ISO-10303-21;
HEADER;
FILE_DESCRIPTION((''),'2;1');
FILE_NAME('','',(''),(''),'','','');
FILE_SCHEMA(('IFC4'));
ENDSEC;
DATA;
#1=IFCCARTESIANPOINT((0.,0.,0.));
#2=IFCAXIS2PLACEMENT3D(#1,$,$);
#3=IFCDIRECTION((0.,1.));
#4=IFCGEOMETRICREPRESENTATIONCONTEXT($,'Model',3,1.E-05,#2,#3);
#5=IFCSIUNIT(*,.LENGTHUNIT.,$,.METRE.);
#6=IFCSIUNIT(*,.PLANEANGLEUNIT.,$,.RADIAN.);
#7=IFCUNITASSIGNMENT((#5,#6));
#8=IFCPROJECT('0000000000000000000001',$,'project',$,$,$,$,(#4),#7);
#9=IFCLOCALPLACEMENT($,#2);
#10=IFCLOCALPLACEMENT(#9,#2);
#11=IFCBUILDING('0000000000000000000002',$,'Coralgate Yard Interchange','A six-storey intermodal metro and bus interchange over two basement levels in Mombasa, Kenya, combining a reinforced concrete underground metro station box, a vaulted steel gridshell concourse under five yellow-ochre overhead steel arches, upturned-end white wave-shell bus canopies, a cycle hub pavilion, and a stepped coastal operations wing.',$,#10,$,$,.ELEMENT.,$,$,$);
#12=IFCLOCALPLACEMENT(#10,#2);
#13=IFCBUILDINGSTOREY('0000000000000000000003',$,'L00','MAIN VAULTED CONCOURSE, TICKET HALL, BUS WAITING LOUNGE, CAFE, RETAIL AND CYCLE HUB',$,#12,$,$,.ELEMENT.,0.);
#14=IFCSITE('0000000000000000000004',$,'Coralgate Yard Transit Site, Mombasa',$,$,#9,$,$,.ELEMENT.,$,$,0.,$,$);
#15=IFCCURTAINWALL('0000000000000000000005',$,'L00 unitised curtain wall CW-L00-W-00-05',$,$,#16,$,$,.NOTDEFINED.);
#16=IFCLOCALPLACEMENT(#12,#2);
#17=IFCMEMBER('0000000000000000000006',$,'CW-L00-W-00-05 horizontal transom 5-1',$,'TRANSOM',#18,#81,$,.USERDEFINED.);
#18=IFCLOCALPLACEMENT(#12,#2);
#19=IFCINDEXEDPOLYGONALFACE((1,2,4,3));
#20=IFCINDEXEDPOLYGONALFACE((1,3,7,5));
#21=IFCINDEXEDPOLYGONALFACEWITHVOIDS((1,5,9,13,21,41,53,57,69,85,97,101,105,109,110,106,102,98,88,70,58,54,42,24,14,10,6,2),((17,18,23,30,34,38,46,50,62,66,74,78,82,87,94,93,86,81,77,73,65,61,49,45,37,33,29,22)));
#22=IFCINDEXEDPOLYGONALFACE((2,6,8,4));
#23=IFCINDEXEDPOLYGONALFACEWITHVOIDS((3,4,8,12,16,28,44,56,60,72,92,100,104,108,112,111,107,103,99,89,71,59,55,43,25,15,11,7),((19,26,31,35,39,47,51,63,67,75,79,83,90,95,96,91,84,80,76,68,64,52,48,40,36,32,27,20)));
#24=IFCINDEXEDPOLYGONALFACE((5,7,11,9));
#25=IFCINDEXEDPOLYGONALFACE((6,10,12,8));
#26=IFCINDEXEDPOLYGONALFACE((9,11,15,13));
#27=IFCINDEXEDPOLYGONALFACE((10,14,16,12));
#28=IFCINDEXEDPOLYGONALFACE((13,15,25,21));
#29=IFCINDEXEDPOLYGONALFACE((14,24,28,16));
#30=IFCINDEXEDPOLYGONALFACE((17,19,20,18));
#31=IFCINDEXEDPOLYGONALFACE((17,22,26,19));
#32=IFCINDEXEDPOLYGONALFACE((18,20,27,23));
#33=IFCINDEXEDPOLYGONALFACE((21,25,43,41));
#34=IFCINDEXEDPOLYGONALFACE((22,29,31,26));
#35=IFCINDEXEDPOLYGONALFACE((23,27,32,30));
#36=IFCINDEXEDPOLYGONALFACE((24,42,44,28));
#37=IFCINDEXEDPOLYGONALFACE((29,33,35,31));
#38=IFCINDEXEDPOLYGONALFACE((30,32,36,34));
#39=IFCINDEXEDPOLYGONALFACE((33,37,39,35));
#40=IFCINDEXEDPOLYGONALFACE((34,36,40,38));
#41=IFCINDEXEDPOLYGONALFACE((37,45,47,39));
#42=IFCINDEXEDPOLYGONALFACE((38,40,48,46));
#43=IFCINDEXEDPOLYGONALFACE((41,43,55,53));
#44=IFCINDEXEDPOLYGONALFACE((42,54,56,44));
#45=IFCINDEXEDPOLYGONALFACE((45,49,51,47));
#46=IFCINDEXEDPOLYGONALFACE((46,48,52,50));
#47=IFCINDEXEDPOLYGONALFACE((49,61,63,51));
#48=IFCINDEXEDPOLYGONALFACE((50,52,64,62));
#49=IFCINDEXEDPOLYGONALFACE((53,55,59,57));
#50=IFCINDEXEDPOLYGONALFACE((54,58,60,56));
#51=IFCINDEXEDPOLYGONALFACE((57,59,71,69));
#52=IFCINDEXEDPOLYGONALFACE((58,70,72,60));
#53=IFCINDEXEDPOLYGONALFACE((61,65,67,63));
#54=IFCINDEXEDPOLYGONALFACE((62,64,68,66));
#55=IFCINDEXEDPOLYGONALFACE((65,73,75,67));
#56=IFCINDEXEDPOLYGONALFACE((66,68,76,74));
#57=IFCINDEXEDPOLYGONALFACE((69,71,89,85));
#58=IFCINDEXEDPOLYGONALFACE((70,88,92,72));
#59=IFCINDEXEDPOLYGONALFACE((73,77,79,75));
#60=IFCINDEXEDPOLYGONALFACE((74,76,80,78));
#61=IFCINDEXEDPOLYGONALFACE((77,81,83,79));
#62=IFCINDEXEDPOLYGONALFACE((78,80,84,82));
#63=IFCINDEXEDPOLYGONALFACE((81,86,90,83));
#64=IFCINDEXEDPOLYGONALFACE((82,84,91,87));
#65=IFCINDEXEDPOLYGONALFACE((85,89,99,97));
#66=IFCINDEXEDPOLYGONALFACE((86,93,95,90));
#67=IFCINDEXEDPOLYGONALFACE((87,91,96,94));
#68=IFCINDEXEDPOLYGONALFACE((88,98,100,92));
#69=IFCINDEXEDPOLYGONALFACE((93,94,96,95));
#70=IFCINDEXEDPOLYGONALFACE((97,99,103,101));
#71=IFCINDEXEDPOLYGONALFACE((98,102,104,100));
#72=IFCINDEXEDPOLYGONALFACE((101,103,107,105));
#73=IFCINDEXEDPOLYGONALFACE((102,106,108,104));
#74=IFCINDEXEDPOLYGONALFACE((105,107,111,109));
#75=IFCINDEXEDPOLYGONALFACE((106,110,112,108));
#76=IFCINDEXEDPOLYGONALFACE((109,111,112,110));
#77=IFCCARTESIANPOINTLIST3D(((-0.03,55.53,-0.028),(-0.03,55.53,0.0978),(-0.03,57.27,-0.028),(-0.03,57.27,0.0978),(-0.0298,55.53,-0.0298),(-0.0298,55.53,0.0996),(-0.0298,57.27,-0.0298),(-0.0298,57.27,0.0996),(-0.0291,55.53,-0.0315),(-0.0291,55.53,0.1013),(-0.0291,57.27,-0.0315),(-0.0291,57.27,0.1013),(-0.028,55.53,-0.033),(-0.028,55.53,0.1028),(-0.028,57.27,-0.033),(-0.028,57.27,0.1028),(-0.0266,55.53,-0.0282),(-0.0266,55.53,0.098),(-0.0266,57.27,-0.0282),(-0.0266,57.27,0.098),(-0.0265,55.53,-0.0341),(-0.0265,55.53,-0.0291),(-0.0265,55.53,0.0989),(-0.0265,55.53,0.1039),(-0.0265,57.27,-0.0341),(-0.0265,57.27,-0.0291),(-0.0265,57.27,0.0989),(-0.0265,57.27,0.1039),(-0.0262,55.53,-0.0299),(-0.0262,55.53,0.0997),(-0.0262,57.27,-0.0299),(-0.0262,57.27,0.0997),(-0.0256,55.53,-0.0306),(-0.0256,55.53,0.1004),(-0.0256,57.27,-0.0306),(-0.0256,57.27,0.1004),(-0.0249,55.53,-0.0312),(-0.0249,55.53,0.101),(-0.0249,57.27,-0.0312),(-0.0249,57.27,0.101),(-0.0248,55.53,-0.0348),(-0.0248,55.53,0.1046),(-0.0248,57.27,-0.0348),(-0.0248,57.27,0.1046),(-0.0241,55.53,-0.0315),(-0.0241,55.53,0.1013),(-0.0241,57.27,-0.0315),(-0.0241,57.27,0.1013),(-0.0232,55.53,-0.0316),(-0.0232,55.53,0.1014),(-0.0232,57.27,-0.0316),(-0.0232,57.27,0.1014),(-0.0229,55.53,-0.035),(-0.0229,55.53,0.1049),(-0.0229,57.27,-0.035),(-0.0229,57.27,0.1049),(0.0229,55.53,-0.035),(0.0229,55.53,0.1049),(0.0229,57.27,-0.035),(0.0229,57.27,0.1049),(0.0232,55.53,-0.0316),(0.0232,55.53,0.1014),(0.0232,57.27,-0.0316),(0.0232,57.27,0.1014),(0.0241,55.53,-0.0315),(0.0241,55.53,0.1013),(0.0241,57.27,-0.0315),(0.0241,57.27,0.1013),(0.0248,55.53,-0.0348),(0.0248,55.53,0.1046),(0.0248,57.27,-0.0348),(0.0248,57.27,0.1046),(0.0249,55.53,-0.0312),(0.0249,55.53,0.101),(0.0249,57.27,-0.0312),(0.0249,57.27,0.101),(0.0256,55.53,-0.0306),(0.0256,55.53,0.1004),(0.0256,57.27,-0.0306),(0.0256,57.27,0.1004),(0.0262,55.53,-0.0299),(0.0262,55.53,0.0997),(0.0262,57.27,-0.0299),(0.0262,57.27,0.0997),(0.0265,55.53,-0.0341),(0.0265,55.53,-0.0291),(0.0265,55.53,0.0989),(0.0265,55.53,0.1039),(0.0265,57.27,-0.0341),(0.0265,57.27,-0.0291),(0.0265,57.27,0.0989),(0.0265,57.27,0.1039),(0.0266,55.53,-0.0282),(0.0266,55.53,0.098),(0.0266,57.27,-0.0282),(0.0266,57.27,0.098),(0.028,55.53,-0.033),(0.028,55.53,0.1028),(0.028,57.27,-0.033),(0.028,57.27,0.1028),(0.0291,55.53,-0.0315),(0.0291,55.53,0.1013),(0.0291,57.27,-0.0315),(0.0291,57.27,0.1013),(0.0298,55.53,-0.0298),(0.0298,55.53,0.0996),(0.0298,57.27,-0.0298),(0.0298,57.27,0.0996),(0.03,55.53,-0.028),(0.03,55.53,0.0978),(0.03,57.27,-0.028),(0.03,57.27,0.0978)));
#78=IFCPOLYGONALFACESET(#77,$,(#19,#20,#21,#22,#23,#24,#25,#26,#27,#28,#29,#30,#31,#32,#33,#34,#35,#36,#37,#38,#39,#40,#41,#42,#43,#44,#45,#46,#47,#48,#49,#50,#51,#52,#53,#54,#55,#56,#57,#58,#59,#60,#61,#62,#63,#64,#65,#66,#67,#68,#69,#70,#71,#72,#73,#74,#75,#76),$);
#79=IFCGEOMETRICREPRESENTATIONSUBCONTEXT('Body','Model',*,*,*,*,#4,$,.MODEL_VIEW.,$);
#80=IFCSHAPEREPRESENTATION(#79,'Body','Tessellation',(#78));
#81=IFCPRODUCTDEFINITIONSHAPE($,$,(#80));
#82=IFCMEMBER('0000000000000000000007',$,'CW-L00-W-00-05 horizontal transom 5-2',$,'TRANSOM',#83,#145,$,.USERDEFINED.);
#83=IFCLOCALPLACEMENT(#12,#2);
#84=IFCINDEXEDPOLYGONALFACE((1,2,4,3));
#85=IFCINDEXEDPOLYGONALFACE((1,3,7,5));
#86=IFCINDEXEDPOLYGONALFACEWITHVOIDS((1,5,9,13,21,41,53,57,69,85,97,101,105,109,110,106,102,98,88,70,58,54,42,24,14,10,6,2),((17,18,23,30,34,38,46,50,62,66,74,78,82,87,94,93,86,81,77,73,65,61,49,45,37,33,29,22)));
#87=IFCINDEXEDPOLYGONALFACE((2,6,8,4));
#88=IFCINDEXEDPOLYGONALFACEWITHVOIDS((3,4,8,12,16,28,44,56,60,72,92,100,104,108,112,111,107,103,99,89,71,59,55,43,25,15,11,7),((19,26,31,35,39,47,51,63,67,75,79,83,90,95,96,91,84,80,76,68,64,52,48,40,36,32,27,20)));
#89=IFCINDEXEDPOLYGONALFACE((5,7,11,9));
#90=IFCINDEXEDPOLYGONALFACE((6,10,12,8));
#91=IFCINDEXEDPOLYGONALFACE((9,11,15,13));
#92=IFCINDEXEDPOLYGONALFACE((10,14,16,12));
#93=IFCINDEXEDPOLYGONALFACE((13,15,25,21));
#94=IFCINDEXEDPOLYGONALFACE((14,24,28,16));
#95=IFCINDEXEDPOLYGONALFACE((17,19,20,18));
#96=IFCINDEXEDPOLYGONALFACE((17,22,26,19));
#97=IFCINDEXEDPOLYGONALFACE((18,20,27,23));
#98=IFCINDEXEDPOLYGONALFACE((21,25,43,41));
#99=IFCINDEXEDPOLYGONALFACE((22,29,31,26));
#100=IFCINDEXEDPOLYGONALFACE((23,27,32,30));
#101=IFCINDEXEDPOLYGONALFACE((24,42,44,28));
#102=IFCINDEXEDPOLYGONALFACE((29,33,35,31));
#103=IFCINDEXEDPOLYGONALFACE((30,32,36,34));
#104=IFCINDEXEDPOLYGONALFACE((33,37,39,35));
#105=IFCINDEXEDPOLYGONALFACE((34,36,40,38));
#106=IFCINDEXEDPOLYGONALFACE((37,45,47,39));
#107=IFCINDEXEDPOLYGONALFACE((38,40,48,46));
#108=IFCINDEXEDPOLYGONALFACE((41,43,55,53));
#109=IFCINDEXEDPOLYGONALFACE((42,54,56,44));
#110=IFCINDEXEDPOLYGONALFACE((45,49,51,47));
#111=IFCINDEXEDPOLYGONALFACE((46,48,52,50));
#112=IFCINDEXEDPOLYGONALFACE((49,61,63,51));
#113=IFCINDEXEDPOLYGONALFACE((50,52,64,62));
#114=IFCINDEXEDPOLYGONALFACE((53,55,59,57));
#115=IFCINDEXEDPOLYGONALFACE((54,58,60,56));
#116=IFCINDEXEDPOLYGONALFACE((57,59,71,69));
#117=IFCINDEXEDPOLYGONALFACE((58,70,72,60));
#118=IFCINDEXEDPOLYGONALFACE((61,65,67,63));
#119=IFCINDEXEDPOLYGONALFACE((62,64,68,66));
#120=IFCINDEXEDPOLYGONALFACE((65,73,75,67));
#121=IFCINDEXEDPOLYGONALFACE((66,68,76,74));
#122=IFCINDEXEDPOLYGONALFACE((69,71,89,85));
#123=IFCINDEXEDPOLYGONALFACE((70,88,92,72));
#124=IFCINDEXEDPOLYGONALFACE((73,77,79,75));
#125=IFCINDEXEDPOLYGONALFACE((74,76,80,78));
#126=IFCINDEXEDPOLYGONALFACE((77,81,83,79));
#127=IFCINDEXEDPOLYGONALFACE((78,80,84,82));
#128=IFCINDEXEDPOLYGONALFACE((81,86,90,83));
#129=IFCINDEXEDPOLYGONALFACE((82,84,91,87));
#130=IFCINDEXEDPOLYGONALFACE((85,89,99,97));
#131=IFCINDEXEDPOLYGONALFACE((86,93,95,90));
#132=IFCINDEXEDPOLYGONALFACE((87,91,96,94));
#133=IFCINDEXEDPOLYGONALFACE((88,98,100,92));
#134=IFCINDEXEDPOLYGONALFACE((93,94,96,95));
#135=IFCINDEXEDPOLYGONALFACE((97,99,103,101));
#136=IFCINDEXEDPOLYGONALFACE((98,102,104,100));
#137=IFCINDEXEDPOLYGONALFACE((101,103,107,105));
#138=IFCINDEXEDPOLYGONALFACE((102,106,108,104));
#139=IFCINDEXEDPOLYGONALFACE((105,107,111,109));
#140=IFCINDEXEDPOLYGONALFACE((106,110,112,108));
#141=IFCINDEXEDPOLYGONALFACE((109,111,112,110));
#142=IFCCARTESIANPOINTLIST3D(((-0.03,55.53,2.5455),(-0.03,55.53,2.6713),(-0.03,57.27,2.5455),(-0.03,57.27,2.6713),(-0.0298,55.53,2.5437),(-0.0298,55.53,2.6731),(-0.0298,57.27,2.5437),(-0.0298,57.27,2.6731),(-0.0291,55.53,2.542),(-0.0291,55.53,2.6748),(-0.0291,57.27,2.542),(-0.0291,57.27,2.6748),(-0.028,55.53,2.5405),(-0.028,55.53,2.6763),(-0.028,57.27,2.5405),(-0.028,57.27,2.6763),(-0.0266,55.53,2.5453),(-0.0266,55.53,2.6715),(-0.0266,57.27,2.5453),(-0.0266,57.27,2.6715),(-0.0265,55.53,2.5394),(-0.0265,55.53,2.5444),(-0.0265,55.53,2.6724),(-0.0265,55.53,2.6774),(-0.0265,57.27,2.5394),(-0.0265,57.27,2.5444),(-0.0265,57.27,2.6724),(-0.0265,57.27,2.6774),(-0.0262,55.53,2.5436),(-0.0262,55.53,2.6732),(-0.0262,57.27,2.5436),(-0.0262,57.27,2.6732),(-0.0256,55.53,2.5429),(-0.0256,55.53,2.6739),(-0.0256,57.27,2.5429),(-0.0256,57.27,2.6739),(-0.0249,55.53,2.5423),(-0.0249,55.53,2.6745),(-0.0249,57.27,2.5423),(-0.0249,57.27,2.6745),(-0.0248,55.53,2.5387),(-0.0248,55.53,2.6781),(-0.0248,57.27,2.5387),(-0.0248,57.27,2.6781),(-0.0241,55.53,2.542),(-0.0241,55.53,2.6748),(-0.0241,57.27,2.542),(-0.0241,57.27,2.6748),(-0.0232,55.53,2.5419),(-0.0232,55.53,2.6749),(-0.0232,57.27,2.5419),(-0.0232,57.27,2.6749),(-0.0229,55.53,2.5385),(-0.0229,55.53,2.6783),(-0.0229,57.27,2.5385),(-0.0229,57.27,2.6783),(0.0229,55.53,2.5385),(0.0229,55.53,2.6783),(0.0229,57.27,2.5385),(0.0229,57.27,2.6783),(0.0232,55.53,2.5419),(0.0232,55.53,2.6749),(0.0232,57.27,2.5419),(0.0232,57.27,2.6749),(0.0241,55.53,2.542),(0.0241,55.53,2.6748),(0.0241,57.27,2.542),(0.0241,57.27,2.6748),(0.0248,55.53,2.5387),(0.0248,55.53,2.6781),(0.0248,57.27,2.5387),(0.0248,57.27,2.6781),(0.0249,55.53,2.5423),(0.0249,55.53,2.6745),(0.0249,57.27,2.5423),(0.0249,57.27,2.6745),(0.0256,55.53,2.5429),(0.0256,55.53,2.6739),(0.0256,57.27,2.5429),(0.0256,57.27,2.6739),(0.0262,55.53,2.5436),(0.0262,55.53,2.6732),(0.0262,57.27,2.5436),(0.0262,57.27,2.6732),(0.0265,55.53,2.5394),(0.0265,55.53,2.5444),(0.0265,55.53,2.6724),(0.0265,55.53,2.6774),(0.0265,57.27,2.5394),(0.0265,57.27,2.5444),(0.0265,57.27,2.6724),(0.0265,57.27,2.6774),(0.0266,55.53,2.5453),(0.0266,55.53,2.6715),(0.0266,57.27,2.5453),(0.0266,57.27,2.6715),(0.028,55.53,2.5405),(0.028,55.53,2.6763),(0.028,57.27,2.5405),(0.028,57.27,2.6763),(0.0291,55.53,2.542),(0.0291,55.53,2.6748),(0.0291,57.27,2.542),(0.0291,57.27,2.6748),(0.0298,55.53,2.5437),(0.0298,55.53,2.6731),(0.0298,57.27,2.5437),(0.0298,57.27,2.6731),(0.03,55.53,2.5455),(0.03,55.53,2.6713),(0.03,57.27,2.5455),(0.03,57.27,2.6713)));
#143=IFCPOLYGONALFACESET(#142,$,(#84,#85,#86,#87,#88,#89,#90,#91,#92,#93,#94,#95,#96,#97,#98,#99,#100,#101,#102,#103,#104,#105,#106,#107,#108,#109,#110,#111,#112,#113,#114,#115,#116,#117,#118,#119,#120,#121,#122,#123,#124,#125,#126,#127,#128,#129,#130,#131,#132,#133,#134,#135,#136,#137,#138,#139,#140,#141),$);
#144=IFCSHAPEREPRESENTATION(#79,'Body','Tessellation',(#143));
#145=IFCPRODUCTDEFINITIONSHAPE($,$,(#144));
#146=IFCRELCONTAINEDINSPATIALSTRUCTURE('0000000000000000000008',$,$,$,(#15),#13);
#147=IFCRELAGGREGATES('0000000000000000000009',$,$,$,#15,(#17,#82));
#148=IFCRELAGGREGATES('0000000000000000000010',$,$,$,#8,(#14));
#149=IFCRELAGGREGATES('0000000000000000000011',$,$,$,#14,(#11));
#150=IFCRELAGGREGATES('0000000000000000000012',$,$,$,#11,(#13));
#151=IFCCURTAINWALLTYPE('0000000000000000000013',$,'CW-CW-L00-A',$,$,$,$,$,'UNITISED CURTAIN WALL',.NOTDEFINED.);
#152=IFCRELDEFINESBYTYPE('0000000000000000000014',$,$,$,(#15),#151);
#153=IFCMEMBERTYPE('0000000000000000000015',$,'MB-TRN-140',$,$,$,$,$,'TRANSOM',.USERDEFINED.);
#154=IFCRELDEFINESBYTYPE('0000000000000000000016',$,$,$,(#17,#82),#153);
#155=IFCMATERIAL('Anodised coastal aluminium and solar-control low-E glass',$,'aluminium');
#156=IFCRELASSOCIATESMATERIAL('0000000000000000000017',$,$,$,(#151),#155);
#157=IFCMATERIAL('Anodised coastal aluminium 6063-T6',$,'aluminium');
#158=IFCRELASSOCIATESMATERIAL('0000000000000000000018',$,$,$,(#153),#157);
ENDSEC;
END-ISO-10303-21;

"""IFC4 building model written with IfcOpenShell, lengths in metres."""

from ifc_helpers import new_model, si_unit, direction, frame, origin, origin_2d, place, context, subcontext, project, spatial, hollow_rectangle, extrude, material, material_profile, profile_set, type_object, element, aggregate, save


model = new_model("IFC4")

# Units and contexts
model_context = context("Model", 3, precision=1e-05, world=origin(), true_north=direction((0.0, 1.0)))
body_context = subcontext(model_context, "Body", "Model", "MODEL_VIEW")
ifc_project = project(units=[si_unit("LENGTHUNIT", "METRE"), si_unit("PLANEANGLEUNIT", "RADIAN")], contexts=[model_context])

# Site, building, storey
site_placement = place(None, origin())
site = spatial("IfcSite", under=ifc_project, at=site_placement, Name="Coralgate Yard Transit Site, Mombasa", CompositionType="ELEMENT", RefElevation=0.0)
building_placement = place(site_placement, origin())
building = spatial("IfcBuilding", under=site, at=building_placement, Name="Coralgate Yard Interchange", Description="A six-storey intermodal metro and bus interchange over two basement levels in Mombasa, Kenya, combining a reinforced concrete underground metro station box, a vaulted steel gridshell concourse under five yellow-ochre overhead steel arches, upturned-end white wave-shell bus canopies, a cycle hub pavilion, and a stepped coastal operations wing.", CompositionType="ELEMENT")
storey_placement = place(building_placement, origin())
storey = spatial("IfcBuildingStorey", under=building, at=storey_placement, Name="L00", Description="MAIN VAULTED CONCOURSE, TICKET HALL, BUS WAITING LOUNGE, CAFE, RETAIL AND CYCLE HUB", CompositionType="ELEMENT", Elevation=0.0)

# Curtain wall, members
ifc_material_1 = material(Name="Anodised coastal aluminium and solar-control low-E glass", Category="aluminium")
curtain_wall_type = type_object("IfcCurtainWallType", Name="CW-CW-L00-A", ElementType="UNITISED CURTAIN WALL", PredefinedType="NOTDEFINED", material=ifc_material_1)
curtain_wall_placement = place(storey_placement, origin())
curtain_wall = element("IfcCurtainWall", 1, at=curtain_wall_placement, inside=storey, type_object=curtain_wall_type, Name="L00 unitised curtain wall CW-L00-W-00-05", PredefinedType="NOTDEFINED")
ifc_material_2 = material(Name="Anodised coastal aluminium 6063-T6", Category="aluminium")
ifc_material_profile_1 = material_profile(ifc_material_2, hollow_rectangle(XDim=0.0601, YDim=0.1399, WallThickness=0.0034, InnerFilletRadius=0.0034, OuterFilletRadius=0.0071, at=origin_2d()), Name="ALU 60x140x3.5")
ifc_profile_set_1 = profile_set([ifc_material_profile_1], Name="Anodised coastal aluminium 6063-T6")
member_type_1 = type_object("IfcMemberType", Name="MB-TRN-140", ElementType="TRANSOM", PredefinedType="USERDEFINED", material=ifc_profile_set_1)
member_1_placement = place(storey_placement, frame((0.0, 55.53, 0.0349), z_axis=(0.0, 1.0, 0.0), x_axis=(-1.0, 0.0, 0.0)))
member_1 = element("IfcMember", 2, at=member_1_placement, type_object=member_type_1, Name="CW-L00-W-00-05 horizontal transom 5-1", ObjectType="TRANSOM", PredefinedType="USERDEFINED", context=body_context, shape_type="SweptSolid", body=[
    extrude(hollow_rectangle(XDim=0.0601, YDim=0.1399, WallThickness=0.0034, InnerFilletRadius=0.0034, OuterFilletRadius=0.0071, at=origin_2d()), origin(), (0.0, 0.0, 1.0), 1.74),
])
member_2_placement = place(storey_placement, frame((0.0, 55.53, 2.6084), z_axis=(0.0, 1.0, 0.0), x_axis=(-1.0, 0.0, 0.0)))
member_2 = element("IfcMember", 3, at=member_2_placement, type_object=member_type_1, Name="CW-L00-W-00-05 horizontal transom 5-2", ObjectType="TRANSOM", PredefinedType="USERDEFINED", context=body_context, shape_type="SweptSolid", body=[
    extrude(hollow_rectangle(XDim=0.0601, YDim=0.1399, WallThickness=0.0034, InnerFilletRadius=0.0034, OuterFilletRadius=0.0071, at=origin_2d()), origin(), (0.0, 0.0, 1.0), 1.74),
])
aggregate(curtain_wall, [member_1, member_2])

save(model, "model.ifc")
